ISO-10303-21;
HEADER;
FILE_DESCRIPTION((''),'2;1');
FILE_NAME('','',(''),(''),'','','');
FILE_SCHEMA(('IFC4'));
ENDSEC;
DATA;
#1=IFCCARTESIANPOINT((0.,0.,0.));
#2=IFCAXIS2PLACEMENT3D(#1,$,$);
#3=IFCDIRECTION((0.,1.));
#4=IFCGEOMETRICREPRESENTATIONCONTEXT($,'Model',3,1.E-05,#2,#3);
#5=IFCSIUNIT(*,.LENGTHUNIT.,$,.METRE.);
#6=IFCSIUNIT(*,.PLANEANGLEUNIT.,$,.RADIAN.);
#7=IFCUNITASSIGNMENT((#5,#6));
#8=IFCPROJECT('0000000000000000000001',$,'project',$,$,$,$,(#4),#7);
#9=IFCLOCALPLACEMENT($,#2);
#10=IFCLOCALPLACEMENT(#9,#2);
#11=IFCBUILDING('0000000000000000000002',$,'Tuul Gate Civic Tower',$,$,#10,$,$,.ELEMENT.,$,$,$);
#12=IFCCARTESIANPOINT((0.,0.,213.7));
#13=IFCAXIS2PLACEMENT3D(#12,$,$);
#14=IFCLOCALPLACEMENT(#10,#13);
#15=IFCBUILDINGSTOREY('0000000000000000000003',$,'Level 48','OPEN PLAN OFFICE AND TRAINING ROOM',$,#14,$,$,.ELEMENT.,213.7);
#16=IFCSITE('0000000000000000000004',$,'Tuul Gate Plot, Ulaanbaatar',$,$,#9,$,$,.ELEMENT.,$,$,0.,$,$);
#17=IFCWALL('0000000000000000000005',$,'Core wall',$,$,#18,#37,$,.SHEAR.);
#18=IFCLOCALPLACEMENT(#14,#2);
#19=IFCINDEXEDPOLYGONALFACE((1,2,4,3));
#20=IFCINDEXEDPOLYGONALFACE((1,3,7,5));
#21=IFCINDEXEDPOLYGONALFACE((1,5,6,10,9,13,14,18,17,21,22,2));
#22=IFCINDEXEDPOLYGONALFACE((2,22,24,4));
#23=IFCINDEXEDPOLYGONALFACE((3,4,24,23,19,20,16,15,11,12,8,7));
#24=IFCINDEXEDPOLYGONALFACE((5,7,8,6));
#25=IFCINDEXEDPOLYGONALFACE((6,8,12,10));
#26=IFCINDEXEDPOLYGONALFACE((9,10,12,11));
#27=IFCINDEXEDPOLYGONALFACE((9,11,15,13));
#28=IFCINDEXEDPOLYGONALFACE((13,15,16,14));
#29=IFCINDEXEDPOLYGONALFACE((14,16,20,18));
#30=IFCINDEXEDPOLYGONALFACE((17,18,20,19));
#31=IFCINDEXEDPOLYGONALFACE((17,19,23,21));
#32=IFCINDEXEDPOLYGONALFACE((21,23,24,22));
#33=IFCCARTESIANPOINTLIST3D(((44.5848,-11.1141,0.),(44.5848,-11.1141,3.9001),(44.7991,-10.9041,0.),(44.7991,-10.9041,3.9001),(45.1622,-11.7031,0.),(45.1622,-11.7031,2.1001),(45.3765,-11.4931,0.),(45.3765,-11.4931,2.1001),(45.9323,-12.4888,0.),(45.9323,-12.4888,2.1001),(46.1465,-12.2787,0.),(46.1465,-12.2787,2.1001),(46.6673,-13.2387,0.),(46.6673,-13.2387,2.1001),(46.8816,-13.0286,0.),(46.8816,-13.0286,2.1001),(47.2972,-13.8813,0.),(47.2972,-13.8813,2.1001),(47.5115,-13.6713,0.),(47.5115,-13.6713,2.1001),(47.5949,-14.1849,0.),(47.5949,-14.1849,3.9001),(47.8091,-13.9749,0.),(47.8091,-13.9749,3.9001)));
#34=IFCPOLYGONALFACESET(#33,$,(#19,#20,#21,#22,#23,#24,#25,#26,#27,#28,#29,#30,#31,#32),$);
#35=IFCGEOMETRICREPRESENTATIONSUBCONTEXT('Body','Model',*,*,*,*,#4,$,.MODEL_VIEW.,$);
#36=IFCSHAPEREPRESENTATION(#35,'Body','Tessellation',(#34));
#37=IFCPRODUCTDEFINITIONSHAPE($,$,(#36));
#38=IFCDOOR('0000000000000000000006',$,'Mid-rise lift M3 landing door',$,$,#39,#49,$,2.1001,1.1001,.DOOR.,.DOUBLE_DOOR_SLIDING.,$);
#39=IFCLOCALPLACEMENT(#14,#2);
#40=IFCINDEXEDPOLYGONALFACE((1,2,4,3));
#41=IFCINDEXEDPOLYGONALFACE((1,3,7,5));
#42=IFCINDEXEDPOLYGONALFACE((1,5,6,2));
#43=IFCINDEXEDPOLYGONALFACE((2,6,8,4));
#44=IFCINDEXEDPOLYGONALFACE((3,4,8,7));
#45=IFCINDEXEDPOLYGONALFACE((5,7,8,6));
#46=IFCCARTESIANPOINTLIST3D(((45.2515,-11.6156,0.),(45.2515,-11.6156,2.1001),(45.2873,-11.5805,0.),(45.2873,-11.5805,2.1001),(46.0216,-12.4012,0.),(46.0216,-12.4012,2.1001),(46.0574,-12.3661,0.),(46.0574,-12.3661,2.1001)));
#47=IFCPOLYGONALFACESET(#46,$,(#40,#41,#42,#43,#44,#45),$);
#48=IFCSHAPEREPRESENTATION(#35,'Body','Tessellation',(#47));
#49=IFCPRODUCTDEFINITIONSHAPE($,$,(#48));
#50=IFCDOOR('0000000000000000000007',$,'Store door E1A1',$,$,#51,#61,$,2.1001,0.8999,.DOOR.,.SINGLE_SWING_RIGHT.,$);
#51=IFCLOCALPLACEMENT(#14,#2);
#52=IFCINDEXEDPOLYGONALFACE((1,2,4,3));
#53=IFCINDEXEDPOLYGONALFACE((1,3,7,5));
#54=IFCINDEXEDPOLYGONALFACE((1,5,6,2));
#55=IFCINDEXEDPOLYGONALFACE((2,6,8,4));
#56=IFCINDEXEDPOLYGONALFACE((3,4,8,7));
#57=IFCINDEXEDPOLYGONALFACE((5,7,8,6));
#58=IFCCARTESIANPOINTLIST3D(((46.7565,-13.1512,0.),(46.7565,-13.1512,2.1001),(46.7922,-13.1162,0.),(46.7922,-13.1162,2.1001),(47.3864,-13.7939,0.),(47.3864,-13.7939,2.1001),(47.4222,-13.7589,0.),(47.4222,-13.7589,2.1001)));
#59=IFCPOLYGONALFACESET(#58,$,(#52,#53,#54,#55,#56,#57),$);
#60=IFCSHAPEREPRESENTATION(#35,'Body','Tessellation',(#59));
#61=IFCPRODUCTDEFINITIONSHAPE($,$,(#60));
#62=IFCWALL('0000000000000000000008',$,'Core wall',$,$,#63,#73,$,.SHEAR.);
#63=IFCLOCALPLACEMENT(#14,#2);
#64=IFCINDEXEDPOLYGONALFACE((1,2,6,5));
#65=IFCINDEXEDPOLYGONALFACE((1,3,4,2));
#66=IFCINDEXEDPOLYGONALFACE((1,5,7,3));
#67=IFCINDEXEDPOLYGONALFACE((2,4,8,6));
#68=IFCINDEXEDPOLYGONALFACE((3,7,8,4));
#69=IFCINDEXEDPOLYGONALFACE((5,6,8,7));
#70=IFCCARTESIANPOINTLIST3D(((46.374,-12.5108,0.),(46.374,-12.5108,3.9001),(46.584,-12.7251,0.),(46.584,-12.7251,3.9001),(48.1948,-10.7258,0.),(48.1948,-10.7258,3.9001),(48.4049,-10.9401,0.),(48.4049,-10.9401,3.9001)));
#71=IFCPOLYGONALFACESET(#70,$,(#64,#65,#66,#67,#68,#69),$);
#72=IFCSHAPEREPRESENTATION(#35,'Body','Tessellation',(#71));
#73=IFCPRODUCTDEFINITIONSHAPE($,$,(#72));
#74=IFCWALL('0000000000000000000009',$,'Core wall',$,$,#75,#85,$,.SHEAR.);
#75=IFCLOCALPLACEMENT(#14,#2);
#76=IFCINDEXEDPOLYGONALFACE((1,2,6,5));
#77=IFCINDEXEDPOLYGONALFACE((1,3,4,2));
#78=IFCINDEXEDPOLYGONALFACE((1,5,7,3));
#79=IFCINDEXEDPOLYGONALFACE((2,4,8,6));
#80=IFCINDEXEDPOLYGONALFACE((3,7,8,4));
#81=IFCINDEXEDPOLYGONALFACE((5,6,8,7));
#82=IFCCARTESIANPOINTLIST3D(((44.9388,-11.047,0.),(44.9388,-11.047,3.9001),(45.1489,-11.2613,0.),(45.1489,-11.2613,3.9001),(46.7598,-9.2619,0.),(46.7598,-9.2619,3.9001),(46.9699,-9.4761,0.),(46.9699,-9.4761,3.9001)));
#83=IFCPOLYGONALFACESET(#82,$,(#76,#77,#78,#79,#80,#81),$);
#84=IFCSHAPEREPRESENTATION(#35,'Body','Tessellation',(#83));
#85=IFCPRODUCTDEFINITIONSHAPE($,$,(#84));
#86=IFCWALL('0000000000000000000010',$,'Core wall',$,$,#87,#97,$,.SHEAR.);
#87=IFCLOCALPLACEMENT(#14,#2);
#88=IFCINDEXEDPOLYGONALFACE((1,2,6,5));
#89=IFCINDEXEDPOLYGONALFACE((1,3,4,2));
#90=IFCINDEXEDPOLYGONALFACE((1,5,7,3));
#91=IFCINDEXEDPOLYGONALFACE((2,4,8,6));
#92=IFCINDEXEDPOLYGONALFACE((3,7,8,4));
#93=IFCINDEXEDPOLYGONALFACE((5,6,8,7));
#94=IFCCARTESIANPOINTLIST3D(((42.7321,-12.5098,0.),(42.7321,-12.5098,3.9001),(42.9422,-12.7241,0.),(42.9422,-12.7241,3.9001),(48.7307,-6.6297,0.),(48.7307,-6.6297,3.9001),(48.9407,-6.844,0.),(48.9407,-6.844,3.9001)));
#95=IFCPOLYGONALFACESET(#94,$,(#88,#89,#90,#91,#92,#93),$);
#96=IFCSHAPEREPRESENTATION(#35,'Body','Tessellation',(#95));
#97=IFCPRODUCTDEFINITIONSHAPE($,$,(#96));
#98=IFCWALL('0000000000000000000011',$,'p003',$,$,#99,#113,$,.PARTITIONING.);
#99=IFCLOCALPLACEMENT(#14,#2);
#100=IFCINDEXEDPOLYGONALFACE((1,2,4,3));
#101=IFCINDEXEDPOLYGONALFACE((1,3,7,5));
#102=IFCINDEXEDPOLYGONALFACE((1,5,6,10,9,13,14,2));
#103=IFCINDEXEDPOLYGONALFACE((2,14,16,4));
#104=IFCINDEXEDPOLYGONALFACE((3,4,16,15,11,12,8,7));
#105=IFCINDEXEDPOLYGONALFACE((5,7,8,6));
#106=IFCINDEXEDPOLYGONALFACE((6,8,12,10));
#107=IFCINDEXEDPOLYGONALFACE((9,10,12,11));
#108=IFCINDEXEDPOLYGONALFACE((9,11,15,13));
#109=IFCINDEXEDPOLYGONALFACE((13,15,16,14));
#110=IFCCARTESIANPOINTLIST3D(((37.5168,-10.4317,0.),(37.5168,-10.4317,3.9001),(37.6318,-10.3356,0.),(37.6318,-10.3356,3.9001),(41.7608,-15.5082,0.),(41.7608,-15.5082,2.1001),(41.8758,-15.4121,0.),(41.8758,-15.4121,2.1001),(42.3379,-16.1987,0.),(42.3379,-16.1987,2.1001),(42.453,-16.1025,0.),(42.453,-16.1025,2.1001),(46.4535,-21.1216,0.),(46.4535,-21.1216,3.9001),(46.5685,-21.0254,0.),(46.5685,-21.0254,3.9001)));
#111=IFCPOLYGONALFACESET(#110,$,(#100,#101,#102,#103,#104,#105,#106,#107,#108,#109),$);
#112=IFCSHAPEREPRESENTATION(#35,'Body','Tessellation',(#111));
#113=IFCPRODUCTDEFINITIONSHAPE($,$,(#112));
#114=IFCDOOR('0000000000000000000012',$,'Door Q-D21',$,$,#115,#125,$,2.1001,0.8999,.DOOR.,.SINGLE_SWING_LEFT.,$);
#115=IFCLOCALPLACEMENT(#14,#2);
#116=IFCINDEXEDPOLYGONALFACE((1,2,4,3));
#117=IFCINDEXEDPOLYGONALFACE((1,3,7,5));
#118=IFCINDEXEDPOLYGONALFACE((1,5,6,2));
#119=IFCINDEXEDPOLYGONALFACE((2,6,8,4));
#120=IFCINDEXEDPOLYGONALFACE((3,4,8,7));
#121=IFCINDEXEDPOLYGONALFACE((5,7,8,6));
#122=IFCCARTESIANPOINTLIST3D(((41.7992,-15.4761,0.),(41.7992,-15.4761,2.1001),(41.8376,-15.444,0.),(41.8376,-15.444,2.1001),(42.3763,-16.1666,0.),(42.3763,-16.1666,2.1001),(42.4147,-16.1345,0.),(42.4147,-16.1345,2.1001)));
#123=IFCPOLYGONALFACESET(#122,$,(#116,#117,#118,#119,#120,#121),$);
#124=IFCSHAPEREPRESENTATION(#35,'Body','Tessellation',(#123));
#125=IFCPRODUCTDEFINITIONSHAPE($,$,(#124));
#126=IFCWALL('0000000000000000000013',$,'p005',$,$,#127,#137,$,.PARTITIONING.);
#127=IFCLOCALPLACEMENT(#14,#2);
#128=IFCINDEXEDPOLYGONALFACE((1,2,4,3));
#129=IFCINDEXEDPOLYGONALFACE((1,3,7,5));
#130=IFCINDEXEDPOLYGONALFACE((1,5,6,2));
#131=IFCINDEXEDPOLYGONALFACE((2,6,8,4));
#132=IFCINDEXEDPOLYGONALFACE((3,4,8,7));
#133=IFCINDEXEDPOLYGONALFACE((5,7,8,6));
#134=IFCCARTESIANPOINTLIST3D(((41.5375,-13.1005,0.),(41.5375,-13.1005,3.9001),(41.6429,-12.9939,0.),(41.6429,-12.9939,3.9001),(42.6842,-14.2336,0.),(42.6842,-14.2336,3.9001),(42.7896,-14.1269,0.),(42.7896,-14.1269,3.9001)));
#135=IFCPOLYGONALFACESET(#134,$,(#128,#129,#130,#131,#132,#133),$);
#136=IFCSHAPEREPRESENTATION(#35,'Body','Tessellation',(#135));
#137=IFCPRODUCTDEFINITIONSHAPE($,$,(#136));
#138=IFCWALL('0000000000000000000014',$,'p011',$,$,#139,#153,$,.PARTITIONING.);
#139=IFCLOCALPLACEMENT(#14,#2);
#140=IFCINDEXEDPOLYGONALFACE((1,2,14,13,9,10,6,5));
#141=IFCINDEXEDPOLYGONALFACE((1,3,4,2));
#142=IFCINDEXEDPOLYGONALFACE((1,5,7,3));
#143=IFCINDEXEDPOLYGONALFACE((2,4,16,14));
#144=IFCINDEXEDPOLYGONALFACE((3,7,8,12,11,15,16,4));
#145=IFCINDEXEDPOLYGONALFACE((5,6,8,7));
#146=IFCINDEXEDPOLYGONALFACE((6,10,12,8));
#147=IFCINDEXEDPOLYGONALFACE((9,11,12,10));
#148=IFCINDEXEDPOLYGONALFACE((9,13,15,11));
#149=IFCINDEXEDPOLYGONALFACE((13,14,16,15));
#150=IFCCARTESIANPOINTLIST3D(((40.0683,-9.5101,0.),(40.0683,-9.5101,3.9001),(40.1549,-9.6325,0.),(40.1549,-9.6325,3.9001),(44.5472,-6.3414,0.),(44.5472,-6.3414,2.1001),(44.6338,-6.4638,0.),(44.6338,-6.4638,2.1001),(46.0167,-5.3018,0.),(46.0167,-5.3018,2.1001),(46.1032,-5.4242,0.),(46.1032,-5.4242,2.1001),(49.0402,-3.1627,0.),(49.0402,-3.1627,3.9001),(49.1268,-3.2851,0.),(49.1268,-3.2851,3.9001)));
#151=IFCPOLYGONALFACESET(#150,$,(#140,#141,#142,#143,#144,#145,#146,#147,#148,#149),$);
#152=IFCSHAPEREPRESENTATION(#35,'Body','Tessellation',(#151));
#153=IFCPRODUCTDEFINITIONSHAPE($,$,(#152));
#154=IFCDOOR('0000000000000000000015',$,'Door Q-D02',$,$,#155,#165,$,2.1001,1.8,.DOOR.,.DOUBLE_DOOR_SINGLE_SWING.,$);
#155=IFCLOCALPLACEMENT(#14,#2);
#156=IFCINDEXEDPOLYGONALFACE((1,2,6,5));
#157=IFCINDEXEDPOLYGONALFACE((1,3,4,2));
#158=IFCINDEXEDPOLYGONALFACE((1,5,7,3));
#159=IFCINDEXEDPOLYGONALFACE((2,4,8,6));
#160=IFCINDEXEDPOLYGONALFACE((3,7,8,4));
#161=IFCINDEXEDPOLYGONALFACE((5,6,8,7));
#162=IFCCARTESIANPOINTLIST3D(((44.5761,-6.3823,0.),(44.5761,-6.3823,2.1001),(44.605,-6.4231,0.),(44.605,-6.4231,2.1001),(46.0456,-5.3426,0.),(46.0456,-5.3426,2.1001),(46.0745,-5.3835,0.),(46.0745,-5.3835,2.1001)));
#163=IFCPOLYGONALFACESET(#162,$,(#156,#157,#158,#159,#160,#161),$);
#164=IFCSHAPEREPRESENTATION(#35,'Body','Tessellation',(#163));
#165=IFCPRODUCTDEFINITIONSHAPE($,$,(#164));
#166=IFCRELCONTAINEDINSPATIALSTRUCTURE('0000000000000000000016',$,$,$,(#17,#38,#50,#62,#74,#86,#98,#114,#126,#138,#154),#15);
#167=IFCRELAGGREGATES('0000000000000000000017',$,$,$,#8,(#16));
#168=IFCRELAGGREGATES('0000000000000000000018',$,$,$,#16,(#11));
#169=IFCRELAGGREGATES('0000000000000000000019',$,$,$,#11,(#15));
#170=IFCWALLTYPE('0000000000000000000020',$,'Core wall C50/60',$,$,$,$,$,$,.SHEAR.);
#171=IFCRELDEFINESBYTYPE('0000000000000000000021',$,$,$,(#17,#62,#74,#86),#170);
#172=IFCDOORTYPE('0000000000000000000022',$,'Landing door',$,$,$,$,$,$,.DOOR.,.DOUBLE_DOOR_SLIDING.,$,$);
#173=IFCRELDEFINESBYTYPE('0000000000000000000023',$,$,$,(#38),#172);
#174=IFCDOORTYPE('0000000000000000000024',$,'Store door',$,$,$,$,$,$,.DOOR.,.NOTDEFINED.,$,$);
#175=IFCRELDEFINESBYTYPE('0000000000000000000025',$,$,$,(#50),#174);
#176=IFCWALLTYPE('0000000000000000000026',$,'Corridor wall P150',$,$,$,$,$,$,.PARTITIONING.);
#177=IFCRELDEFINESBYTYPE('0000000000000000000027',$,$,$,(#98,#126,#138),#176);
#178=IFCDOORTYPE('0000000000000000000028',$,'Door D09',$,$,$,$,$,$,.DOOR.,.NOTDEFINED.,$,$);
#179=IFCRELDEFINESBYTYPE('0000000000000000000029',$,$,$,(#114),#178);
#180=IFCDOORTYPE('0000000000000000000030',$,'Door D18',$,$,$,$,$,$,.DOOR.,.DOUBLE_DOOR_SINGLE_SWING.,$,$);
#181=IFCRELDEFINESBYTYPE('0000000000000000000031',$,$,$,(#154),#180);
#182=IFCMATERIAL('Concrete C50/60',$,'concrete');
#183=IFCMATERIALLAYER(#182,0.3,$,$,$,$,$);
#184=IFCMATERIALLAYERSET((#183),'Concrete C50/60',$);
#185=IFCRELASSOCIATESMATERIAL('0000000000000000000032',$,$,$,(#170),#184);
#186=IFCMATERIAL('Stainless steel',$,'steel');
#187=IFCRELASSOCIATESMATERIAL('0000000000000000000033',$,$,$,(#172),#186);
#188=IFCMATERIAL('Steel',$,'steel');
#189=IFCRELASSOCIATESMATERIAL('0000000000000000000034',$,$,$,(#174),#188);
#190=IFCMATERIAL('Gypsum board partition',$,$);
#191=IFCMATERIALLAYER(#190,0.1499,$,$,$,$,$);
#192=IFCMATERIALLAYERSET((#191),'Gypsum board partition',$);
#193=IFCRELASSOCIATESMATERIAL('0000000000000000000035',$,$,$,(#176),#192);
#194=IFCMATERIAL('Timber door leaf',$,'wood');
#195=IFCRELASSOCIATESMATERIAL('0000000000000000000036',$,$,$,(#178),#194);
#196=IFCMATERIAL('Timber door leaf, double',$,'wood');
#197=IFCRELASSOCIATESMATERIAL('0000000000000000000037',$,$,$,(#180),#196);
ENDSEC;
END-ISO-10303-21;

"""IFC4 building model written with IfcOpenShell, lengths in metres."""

from ifc_helpers import new_model, si_unit, direction, frame, frame_2d, origin, place, context, subcontext, project, spatial, rectangle, extrude, material, layer, layer_set, type_object, element, fill, save


model = new_model("IFC4")

# Units and contexts
model_context = context("Model", 3, precision=1e-05, world=origin(), true_north=direction((0.0, 1.0)))
body_context = subcontext(model_context, "Body", "Model", "MODEL_VIEW")
ifc_project = project(units=[si_unit("LENGTHUNIT", "METRE"), si_unit("PLANEANGLEUNIT", "RADIAN")], contexts=[model_context])

# Site, building, storey
site_placement = place(None, origin())
site = spatial("IfcSite", under=ifc_project, at=site_placement, Name="Tuul Gate Plot, Ulaanbaatar", CompositionType="ELEMENT", RefElevation=0.0)
building_placement = place(site_placement, origin())
building = spatial("IfcBuilding", under=site, at=building_placement, Name="Tuul Gate Civic Tower", CompositionType="ELEMENT")
storey_placement = place(building_placement, frame((0.0, 0.0, 213.7)))
storey = spatial("IfcBuildingStorey", under=building, at=storey_placement, Name="Level 48", Description="OPEN PLAN OFFICE AND TRAINING ROOM", CompositionType="ELEMENT", Elevation=213.7)

# Wall, openings, doors
ifc_material_1 = material(Name="Concrete C50/60", Category="concrete")
ifc_layer_1 = layer(ifc_material_1, 0.3)
ifc_layer_set_1 = layer_set([ifc_layer_1], Name="Concrete C50/60")
wall_type_1 = type_object("IfcWallType", Name="Core wall C50/60", PredefinedType="SHEAR", material=ifc_layer_set_1)
wall_1_placement = place(storey_placement, frame((47.7019, -14.0798, 0.0), z_axis=(0.0, 0.0, 1.0), x_axis=(-0.700003, 0.71414, 0.0)))
wall_1 = element("IfcWall", 1, at=wall_1_placement, inside=storey, type_object=wall_type_1, Name="Core wall", PredefinedType="SHEAR", context=body_context, shape_type="SweptSolid", body=[
    extrude(rectangle(XDim=4.3, YDim=0.3, at=frame_2d((2.1499, 0.0))), origin(), (0.0, 0.0, 1.0), 3.9001),
])
opening_1_placement = place(wall_1_placement, frame((0.425, 0.0, 0.0)))
opening_1 = element("IfcOpeningElement", 2, at=opening_1_placement, cuts=wall_1, PredefinedType="OPENING", context=body_context, shape_type="SweptSolid", body=[
    extrude(rectangle(XDim=0.8999, YDim=2.1001, at=frame_2d((0.45, 1.05))), frame((0.0, 0.1602, 0.0), z_axis=(0.0, -1.0, 0.0), x_axis=(1.0, 0.0, 0.0)), (0.0, 0.0, 1.0), 0.3201),
])
opening_2_placement = place(wall_1_placement, frame((2.375, 0.0, 0.0)))
opening_2 = element("IfcOpeningElement", 3, at=opening_2_placement, cuts=wall_1, PredefinedType="OPENING", context=body_context, shape_type="SweptSolid", body=[
    extrude(rectangle(XDim=1.1001, YDim=2.1001, at=frame_2d((0.55, 1.05))), frame((0.0, 0.1602, 0.0), z_axis=(0.0, -1.0, 0.0), x_axis=(1.0, 0.0, 0.0)), (0.0, 0.0, 1.0), 0.3201),
])
ifc_material_2 = material(Name="Stainless steel", Category="steel")
door_type_1 = type_object("IfcDoorType", Name="Landing door", OperationType="DOUBLE_DOOR_SLIDING", PredefinedType="DOOR", material=ifc_material_2)
door_1_placement = place(opening_2_placement, origin())
door_1 = element("IfcDoor", 4, at=door_1_placement, inside=storey, type_object=door_type_1, Name="Mid-rise lift M3 landing door", OperationType="DOUBLE_DOOR_SLIDING", OverallHeight=2.1001, OverallWidth=1.1001, PredefinedType="DOOR", context=body_context, shape_type="SweptSolid", body=[
    extrude(rectangle(XDim=1.1001, YDim=2.1001, at=frame_2d((0.55, 1.05))), frame((0.0, 0.0249, 0.0), z_axis=(0.0, -1.0, 0.0), x_axis=(1.0, 0.0, 0.0)), (0.0, 0.0, 1.0), 0.05),
])
fill(opening_2, door_1)
ifc_material_3 = material(Name="Steel", Category="steel")
door_type_2 = type_object("IfcDoorType", Name="Store door", OperationType="NOTDEFINED", PredefinedType="DOOR", material=ifc_material_3)
door_2_placement = place(opening_1_placement, frame((0.8999, 0.0, 0.0), z_axis=(0.0, 0.0, 1.0), x_axis=(-1.0, 0.0, 0.0)))
door_2 = element("IfcDoor", 5, at=door_2_placement, inside=storey, type_object=door_type_2, Name="Store door E1A1", OperationType="SINGLE_SWING_RIGHT", OverallHeight=2.1001, OverallWidth=0.8999, PredefinedType="DOOR", context=body_context, shape_type="SweptSolid", body=[
    extrude(rectangle(XDim=0.8999, YDim=2.1001, at=frame_2d((0.45, 1.05))), frame((0.0, 0.0249, 0.0), z_axis=(0.0, -1.0, 0.0), x_axis=(1.0, 0.0, 0.0)), (0.0, 0.0, 1.0), 0.05),
])
fill(opening_1, door_2)

# Walls
wall_2_placement = place(storey_placement, frame((46.479, -12.6179, 0.0), z_axis=(0.0, 0.0, 1.0), x_axis=(0.714109, 0.700034, 0.0)))
element("IfcWall", 6, at=wall_2_placement, inside=storey, type_object=wall_type_1, Name="Core wall", PredefinedType="SHEAR", context=body_context, shape_type="SweptSolid", body=[
    extrude(rectangle(XDim=2.5498, YDim=0.3, at=frame_2d((1.2749, 0.0))), origin(), (0.0, 0.0, 1.0), 3.9001),
])
wall_3_placement = place(storey_placement, frame((45.0439, -11.1541, 0.0), z_axis=(0.0, 0.0, 1.0), x_axis=(0.714108, 0.700035, 0.0)))
element("IfcWall", 7, at=wall_3_placement, inside=storey, type_object=wall_type_1, Name="Core wall", PredefinedType="SHEAR", context=body_context, shape_type="SweptSolid", body=[
    extrude(rectangle(XDim=2.55, YDim=0.3, at=frame_2d((1.2749, 0.0))), origin(), (0.0, 0.0, 1.0), 3.9001),
])
wall_4_placement = place(storey_placement, frame((42.8372, -12.6169, 0.0), z_axis=(0.0, 0.0, 1.0), x_axis=(0.71412, 0.700023, 0.0)))
element("IfcWall", 8, at=wall_4_placement, inside=storey, type_object=wall_type_1, Name="Core wall", PredefinedType="SHEAR", context=body_context, shape_type="SweptSolid", body=[
    extrude(rectangle(XDim=8.3999, YDim=0.3, at=frame_2d((4.2, 0.0))), origin(), (0.0, 0.0, 1.0), 3.9001),
])

# Wall, opening, door
ifc_material_4 = material(Name="Gypsum board partition")
ifc_layer_2 = layer(ifc_material_4, 0.1499)
ifc_layer_set_2 = layer_set([ifc_layer_2], Name="Gypsum board partition")
wall_type_2 = type_object("IfcWallType", Name="Corridor wall P150", PredefinedType="PARTITIONING", material=ifc_layer_set_2)
wall_5_placement = place(storey_placement, frame((37.5742, -10.3835, 0.0), z_axis=(0.0, 0.0, 1.0), x_axis=(0.64139, -0.767215, 0.0)))
wall_5 = element("IfcWall", 9, at=wall_5_placement, inside=storey, type_object=wall_type_2, Name="p003", PredefinedType="PARTITIONING", context=body_context, shape_type="SweptSolid", body=[
    extrude(rectangle(XDim=13.9333, YDim=0.1499, at=frame_2d((6.9668, 0.0))), origin(), (0.0, 0.0, 1.0), 3.9001),
])
opening_3_placement = place(wall_5_placement, frame((6.6169, 0.0, 0.0)))
opening_3 = element("IfcOpeningElement", 10, at=opening_3_placement, cuts=wall_5, PredefinedType="OPENING", context=body_context, shape_type="SweptSolid", body=[
    extrude(rectangle(XDim=0.8999, YDim=2.1001, at=frame_2d((0.45, 1.05))), frame((0.0, 0.085, 0.0), z_axis=(0.0, -1.0, 0.0), x_axis=(1.0, 0.0, 0.0)), (0.0, 0.0, 1.0), 0.1699),
])
ifc_material_5 = material(Name="Timber door leaf", Category="wood")
door_type_3 = type_object("IfcDoorType", Name="Door D09", OperationType="NOTDEFINED", PredefinedType="DOOR", material=ifc_material_5)
door_3_placement = place(opening_3_placement, frame((0.8999, 0.0, 0.0), z_axis=(0.0, 0.0, 1.0), x_axis=(-1.0, 0.0, 0.0)))
door_3 = element("IfcDoor", 11, at=door_3_placement, inside=storey, type_object=door_type_3, Name="Door Q-D21", OperationType="SINGLE_SWING_LEFT", OverallHeight=2.1001, OverallWidth=0.8999, PredefinedType="DOOR", context=body_context, shape_type="SweptSolid", body=[
    extrude(rectangle(XDim=0.8999, YDim=2.1001, at=frame_2d((0.45, 1.05))), frame((0.0, 0.0249, 0.0), z_axis=(0.0, -1.0, 0.0), x_axis=(1.0, 0.0, 0.0)), (0.0, 0.0, 1.0), 0.05),
])
fill(opening_3, door_3)

# Wall
wall_6_placement = place(storey_placement, frame((41.5901, -13.0471, 0.0), z_axis=(0.0, 0.0, 1.0), x_axis=(0.711335, -0.702854, 0.0)))
element("IfcWall", 12, at=wall_6_placement, inside=storey, type_object=wall_type_2, Name="p005", PredefinedType="PARTITIONING", context=body_context, shape_type="SweptSolid", body=[
    extrude(rectangle(XDim=1.6121, YDim=0.1499, at=frame_2d((0.8062, 0.0))), origin(), (0.0, 0.0, 1.0), 3.9001),
])

# Wall, opening, door
wall_7_placement = place(storey_placement, frame((40.1116, -9.5713, 0.0), z_axis=(0.0, 0.0, 1.0), x_axis=(0.816355, 0.577551, 0.0)))
wall_7 = element("IfcWall", 13, at=wall_7_placement, inside=storey, type_object=wall_type_2, Name="p011", PredefinedType="PARTITIONING", context=body_context, shape_type="SweptSolid", body=[
    extrude(rectangle(XDim=10.9902, YDim=0.1499, at=frame_2d((5.4951, 0.0))), origin(), (0.0, 0.0, 1.0), 3.9001),
])
opening_4_placement = place(wall_7_placement, frame((5.4866, 0.0, 0.0)))
opening_4 = element("IfcOpeningElement", 14, at=opening_4_placement, cuts=wall_7, PredefinedType="OPENING", context=body_context, shape_type="SweptSolid", body=[
    extrude(rectangle(XDim=1.8, YDim=2.1001, at=frame_2d((0.8999, 1.05))), frame((0.0, 0.085, 0.0), z_axis=(0.0, -1.0, 0.0), x_axis=(1.0, 0.0, 0.0)), (0.0, 0.0, 1.0), 0.1699),
])
ifc_material_6 = material(Name="Timber door leaf, double", Category="wood")
door_type_4 = type_object("IfcDoorType", Name="Door D18", OperationType="DOUBLE_DOOR_SINGLE_SWING", PredefinedType="DOOR", material=ifc_material_6)
door_4_placement = place(opening_4_placement, origin())
door_4 = element("IfcDoor", 15, at=door_4_placement, inside=storey, type_object=door_type_4, Name="Door Q-D02", OperationType="DOUBLE_DOOR_SINGLE_SWING", OverallHeight=2.1001, OverallWidth=1.8, PredefinedType="DOOR", context=body_context, shape_type="SweptSolid", body=[
    extrude(rectangle(XDim=1.8, YDim=2.1001, at=frame_2d((0.8999, 1.05))), frame((0.0, 0.0249, 0.0), z_axis=(0.0, -1.0, 0.0), x_axis=(1.0, 0.0, 0.0)), (0.0, 0.0, 1.0), 0.05),
])
fill(opening_4, door_4)

save(model, "model.ifc")
